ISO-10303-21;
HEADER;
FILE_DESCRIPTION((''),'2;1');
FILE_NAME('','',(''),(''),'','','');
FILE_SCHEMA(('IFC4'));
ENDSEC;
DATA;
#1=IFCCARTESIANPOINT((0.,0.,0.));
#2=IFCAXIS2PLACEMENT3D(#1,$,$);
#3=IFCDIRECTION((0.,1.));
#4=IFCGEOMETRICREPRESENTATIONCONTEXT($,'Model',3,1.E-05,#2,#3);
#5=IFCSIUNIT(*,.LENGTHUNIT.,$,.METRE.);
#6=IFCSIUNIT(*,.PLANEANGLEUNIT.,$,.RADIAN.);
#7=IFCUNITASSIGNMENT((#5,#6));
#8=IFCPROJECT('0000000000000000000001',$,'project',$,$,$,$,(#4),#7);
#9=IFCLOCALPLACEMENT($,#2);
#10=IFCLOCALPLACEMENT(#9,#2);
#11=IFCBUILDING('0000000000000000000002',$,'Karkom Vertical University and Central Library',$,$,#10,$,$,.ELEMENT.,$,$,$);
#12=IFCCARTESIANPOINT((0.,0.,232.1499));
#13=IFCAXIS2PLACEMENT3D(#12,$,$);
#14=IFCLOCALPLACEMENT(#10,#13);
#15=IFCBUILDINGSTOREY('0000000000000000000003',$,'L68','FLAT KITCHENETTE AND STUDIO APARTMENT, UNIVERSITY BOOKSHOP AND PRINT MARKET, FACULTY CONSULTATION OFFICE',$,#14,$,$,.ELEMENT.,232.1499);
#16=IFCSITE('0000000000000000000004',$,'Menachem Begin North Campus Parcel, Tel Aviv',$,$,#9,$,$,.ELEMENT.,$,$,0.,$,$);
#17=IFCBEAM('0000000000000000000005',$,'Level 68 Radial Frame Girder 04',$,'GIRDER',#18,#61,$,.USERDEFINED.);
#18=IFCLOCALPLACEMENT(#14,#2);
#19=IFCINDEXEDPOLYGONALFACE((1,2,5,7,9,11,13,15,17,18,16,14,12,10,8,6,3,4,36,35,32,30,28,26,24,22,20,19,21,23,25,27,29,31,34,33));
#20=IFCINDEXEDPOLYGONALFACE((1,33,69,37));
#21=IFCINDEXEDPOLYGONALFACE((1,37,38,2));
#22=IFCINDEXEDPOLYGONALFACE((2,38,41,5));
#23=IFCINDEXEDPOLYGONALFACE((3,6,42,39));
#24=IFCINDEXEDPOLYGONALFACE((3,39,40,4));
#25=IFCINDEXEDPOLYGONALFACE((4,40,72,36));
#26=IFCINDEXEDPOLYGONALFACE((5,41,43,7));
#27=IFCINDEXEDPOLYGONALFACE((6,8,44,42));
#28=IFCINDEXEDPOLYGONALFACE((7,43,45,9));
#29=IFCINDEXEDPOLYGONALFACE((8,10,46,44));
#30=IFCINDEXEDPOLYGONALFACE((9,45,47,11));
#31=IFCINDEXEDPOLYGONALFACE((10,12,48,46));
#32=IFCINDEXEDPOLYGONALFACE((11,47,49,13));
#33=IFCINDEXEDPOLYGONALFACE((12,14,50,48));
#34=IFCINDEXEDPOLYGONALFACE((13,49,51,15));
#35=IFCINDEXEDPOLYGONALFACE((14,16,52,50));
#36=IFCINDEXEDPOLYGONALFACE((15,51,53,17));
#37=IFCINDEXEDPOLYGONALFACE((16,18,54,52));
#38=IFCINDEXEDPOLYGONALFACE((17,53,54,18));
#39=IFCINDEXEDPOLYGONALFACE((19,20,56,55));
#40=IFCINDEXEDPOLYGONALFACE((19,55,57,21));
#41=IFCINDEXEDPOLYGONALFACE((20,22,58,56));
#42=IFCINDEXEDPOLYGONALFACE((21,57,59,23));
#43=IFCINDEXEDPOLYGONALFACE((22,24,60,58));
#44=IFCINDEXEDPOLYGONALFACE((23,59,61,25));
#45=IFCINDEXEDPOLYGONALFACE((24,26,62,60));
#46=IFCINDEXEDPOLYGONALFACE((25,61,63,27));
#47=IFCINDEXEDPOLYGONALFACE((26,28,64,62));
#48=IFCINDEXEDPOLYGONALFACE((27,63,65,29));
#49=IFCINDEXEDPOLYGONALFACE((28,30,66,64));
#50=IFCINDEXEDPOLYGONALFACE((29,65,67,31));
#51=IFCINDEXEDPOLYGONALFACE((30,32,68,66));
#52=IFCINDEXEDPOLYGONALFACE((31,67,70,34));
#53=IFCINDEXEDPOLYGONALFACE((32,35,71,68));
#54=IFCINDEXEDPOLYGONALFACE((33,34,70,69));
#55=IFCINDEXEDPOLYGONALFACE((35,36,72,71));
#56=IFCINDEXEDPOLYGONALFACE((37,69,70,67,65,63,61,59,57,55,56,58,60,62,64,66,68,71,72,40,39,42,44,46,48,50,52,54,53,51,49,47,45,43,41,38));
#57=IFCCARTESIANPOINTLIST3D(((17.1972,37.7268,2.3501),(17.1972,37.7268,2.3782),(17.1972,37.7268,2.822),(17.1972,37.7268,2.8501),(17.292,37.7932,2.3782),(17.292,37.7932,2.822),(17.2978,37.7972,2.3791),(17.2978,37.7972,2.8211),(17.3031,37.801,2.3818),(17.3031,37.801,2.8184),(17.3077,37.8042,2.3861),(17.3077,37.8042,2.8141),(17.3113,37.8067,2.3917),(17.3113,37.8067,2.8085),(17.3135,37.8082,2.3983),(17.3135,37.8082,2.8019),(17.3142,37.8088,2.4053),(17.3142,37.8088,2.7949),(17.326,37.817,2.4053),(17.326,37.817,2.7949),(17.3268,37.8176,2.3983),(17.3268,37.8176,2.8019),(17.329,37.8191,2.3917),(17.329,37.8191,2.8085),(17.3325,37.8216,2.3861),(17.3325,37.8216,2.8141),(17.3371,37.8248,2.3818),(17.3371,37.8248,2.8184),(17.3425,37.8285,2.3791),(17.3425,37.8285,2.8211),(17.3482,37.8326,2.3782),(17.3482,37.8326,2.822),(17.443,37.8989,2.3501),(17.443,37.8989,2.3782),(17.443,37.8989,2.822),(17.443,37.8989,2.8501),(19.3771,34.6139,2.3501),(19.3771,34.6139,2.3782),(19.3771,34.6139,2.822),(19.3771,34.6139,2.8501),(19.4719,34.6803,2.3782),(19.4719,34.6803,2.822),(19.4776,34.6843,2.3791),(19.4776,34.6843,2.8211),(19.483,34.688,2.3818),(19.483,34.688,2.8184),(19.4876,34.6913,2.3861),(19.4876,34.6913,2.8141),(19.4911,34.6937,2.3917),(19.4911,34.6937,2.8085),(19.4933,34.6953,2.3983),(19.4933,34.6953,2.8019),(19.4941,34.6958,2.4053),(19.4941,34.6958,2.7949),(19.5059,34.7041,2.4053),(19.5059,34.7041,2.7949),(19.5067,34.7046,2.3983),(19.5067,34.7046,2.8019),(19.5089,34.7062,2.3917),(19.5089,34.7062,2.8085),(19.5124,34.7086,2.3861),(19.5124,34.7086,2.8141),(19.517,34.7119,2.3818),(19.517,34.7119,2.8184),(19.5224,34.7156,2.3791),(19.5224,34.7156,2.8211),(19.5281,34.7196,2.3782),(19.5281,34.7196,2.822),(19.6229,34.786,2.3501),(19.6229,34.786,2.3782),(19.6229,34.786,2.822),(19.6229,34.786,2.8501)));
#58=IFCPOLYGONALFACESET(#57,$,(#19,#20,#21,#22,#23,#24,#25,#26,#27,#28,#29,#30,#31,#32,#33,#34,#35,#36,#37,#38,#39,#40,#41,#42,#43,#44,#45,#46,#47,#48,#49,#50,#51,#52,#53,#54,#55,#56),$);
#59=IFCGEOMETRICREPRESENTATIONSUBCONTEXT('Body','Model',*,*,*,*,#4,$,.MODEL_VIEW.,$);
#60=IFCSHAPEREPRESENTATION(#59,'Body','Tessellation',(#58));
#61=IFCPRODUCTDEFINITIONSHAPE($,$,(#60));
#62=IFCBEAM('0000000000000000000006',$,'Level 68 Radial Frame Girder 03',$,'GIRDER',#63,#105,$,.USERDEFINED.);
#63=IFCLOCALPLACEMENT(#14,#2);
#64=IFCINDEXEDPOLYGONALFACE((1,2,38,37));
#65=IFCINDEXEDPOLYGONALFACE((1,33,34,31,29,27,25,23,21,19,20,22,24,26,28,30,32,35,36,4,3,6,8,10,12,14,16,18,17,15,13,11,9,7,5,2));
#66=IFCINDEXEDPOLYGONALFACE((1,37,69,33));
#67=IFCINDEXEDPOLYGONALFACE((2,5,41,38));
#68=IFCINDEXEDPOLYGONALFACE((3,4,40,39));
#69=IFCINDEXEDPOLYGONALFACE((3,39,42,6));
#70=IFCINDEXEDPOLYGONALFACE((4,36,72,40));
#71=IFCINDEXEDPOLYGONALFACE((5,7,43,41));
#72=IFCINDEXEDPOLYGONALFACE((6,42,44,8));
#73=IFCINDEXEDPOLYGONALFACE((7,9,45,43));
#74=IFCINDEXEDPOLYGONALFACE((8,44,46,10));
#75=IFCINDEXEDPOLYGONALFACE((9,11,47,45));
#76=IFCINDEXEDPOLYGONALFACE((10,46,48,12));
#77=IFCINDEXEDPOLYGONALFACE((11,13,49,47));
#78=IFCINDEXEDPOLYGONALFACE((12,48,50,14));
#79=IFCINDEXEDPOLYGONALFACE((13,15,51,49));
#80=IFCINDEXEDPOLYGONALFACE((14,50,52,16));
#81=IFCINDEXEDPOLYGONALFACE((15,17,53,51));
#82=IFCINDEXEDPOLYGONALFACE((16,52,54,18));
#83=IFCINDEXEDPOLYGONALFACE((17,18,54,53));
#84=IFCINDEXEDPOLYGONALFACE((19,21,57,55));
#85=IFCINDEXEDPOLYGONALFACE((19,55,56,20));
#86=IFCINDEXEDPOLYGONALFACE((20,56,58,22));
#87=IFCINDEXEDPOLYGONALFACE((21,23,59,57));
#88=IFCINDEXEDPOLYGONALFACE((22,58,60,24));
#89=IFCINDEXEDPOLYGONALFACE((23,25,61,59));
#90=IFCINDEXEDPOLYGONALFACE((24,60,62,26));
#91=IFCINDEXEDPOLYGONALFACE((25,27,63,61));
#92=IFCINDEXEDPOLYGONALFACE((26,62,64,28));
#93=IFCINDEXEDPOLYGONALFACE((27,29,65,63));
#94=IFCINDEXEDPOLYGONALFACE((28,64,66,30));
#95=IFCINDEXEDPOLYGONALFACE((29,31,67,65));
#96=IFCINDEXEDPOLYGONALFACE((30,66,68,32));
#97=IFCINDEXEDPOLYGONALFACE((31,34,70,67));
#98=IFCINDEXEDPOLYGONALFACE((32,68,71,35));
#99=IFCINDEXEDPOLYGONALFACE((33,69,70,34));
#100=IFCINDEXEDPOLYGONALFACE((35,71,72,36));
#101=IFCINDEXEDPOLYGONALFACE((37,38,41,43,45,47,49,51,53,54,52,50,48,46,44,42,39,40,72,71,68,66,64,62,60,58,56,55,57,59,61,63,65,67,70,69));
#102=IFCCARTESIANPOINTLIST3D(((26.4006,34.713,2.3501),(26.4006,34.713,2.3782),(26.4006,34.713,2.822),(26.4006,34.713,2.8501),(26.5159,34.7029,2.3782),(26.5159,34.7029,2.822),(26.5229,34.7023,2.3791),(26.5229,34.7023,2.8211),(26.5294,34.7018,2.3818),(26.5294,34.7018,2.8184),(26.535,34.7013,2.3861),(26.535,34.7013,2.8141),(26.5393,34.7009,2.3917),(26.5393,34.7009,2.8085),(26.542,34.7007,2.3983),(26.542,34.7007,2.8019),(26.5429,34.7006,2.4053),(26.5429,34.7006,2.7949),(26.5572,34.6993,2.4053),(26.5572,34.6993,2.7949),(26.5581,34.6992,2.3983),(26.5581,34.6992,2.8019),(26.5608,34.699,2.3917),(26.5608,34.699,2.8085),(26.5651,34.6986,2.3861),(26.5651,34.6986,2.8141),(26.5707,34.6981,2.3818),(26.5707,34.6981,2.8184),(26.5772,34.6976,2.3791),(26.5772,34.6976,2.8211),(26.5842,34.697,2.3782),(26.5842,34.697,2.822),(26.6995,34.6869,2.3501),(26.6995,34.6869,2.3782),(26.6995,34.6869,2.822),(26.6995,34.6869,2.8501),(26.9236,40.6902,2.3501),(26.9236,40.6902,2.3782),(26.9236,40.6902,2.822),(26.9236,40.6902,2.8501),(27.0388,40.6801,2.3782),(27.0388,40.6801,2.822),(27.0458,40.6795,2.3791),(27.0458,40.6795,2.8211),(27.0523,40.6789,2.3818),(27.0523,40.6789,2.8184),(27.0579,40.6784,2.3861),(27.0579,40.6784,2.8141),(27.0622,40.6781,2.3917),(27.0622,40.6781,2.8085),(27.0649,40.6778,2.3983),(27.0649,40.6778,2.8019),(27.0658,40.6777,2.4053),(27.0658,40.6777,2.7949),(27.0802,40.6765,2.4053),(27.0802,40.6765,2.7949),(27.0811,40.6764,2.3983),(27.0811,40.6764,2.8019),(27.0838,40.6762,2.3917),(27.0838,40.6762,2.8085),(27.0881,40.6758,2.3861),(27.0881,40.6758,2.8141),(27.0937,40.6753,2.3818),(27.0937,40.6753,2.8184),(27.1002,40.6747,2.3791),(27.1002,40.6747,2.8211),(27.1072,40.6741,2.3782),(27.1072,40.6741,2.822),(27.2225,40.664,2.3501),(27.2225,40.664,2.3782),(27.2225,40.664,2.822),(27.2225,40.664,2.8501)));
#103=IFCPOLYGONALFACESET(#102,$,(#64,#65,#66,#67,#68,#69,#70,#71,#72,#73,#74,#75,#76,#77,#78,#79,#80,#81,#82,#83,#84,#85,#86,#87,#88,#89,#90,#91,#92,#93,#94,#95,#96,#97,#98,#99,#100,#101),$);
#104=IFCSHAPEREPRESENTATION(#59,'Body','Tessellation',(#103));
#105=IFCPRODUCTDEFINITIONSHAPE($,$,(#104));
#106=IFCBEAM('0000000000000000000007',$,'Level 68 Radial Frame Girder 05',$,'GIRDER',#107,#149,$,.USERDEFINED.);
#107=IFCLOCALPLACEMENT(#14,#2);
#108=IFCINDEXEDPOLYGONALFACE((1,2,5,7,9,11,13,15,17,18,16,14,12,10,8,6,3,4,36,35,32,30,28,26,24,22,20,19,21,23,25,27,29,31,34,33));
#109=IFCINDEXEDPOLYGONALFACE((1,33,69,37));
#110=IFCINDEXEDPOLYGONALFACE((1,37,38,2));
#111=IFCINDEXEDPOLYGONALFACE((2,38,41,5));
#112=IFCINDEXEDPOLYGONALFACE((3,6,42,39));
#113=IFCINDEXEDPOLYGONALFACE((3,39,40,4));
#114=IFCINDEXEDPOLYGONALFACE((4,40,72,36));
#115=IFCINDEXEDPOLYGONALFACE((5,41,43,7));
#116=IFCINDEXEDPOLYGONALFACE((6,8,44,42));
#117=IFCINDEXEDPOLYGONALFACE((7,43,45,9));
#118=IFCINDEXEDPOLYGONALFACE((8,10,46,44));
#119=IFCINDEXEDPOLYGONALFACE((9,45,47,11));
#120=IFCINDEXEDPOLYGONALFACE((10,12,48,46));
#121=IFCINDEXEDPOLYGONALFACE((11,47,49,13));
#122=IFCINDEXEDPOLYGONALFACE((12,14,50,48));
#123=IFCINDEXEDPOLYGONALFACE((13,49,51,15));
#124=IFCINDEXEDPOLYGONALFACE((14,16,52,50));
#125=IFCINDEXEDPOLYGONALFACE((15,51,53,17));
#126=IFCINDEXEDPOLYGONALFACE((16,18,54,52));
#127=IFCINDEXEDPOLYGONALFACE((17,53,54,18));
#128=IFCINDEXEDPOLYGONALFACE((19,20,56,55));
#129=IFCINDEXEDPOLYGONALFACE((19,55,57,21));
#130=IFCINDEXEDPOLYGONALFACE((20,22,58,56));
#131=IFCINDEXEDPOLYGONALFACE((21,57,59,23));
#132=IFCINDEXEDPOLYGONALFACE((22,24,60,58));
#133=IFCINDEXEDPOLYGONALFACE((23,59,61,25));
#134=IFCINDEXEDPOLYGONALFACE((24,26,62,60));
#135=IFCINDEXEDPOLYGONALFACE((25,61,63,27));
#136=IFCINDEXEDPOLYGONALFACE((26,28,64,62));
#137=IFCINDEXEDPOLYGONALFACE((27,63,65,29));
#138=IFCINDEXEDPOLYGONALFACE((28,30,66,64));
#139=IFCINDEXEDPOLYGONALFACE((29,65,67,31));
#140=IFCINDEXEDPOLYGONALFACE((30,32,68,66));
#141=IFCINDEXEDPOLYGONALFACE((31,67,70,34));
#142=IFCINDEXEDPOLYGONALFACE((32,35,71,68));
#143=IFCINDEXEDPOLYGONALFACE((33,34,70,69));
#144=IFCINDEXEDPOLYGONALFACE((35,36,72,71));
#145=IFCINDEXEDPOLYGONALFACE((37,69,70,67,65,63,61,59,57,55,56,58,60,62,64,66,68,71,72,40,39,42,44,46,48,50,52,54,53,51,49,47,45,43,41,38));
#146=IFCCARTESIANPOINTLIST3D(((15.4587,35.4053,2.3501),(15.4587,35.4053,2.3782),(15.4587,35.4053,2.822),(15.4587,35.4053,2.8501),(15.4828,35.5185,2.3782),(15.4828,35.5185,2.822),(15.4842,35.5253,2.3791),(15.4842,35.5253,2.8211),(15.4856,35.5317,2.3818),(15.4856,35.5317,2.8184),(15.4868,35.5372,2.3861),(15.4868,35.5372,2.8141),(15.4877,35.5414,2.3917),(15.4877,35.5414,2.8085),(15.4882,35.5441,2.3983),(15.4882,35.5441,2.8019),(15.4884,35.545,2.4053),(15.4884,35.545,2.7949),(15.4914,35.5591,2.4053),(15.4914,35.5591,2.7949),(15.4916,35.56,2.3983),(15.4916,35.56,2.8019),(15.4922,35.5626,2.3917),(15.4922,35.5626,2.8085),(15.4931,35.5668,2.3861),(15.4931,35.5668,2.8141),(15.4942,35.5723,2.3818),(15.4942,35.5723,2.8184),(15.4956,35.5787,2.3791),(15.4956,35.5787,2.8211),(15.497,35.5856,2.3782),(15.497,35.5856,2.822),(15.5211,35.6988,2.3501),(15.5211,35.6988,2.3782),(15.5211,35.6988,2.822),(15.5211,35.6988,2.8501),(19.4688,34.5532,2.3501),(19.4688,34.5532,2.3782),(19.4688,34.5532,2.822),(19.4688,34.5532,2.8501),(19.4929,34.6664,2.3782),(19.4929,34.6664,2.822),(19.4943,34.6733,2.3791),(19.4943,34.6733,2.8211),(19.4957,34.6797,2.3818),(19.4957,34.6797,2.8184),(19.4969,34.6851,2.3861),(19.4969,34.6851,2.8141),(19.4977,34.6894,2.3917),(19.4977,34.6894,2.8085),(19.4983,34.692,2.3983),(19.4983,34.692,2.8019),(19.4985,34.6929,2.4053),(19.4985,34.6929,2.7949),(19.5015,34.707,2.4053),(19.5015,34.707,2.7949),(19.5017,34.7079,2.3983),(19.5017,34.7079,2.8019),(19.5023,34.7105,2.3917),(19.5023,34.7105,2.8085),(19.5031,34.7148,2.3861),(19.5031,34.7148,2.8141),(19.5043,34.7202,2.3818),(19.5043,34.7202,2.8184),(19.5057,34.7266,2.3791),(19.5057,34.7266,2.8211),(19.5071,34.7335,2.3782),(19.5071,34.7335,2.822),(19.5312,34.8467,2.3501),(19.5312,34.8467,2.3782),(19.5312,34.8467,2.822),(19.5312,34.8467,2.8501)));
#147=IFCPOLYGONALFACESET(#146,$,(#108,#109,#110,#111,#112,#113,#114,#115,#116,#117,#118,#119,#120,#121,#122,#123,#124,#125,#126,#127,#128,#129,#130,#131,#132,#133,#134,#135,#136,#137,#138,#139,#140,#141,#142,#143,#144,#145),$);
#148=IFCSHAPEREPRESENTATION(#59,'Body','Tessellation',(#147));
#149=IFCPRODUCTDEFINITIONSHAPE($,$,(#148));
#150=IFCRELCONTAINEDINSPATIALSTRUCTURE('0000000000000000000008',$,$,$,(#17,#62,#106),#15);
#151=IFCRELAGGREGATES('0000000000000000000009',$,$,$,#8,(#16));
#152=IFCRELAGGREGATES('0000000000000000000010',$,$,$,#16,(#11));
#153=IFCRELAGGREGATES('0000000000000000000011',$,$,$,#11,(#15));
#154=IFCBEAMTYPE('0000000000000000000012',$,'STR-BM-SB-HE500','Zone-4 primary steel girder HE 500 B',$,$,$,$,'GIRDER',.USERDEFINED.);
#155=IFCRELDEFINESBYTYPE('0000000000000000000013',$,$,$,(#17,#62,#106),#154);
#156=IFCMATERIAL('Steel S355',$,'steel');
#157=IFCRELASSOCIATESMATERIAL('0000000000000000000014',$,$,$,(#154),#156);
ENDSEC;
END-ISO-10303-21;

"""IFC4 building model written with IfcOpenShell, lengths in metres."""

from ifc_helpers import new_model, si_unit, direction, frame, origin, origin_with_axes, origin_2d, place, context, subcontext, project, spatial, i_section, extrude, source, transform, mapped, material, material_profile, profile_set, type_object, element, save


model = new_model("IFC4")

# Units and contexts
model_context = context("Model", 3, precision=1e-05, world=origin(), true_north=direction((0.0, 1.0)))
body_context = subcontext(model_context, "Body", "Model", "MODEL_VIEW")
ifc_project = project(units=[si_unit("LENGTHUNIT", "METRE"), si_unit("PLANEANGLEUNIT", "RADIAN")], contexts=[model_context])

# Site, building, storey
site_placement = place(None, origin())
site = spatial("IfcSite", under=ifc_project, at=site_placement, Name="Menachem Begin North Campus Parcel, Tel Aviv", CompositionType="ELEMENT", RefElevation=0.0)
building_placement = place(site_placement, origin())
building = spatial("IfcBuilding", under=site, at=building_placement, Name="Karkom Vertical University and Central Library", CompositionType="ELEMENT")
storey_placement = place(building_placement, frame((0.0, 0.0, 232.1499)))
storey = spatial("IfcBuildingStorey", under=building, at=storey_placement, Name="L68", Description="FLAT KITCHENETTE AND STUDIO APARTMENT, UNIVERSITY BOOKSHOP AND PRINT MARKET, FACULTY CONSULTATION OFFICE", CompositionType="ELEMENT", Elevation=232.1499)

# Beams
ifc_material_1 = material(Name="Steel S355", Category="steel")
ifc_material_profile_1 = material_profile(ifc_material_1, i_section(OverallWidth=0.3, OverallDepth=0.5, WebThickness=0.0144, FlangeThickness=0.0281, FilletRadius=0.0271, at=origin_2d()), Name="HE 500 B")
ifc_profile_set_1 = profile_set([ifc_material_profile_1], Name="Steel S355")
beam_type_1 = type_object("IfcBeamType", Name="STR-BM-SB-HE500", Description="Zone-4 primary steel girder HE 500 B", ElementType="GIRDER", PredefinedType="USERDEFINED", material=ifc_profile_set_1)
shared_shape_1 = source(origin_with_axes(), body_context, "Body", "SweptSolid", [
    extrude(i_section(OverallWidth=0.3, OverallDepth=0.5, WebThickness=0.0144, FlangeThickness=0.0281, FilletRadius=0.0271, at=origin_2d()), origin(), (0.0, 0.0, 1.0), 3.8003),
])
beam_1_placement = place(storey_placement, frame((19.5, 34.7, 2.6001), z_axis=(-0.573605, 0.819132, 0.0), x_axis=(-0.819132, -0.573605, 0.0)))
element("IfcBeam", 1, at=beam_1_placement, inside=storey, type_object=beam_type_1, Name="Level 68 Radial Frame Girder 04", ObjectType="GIRDER", PredefinedType="USERDEFINED", context=body_context, shape_type="MappedRepresentation", body=[
    mapped(shared_shape_1, transform((0.0, 0.0, 0.0), scale=1.0)),
])
shared_shape_2 = source(origin_with_axes(), body_context, "Body", "SweptSolid", [
    extrude(i_section(OverallWidth=0.3, OverallDepth=0.5, WebThickness=0.0144, FlangeThickness=0.0281, FilletRadius=0.0271, at=origin_2d()), origin(), (0.0, 0.0, 1.0), 6.0),
])
beam_2_placement = place(storey_placement, frame((26.55, 34.7, 2.6001), z_axis=(0.08716, 0.996194, 0.0), x_axis=(-0.996194, 0.08716, 0.0)))
element("IfcBeam", 2, at=beam_2_placement, inside=storey, type_object=beam_type_1, Name="Level 68 Radial Frame Girder 03", ObjectType="GIRDER", PredefinedType="USERDEFINED", context=body_context, shape_type="MappedRepresentation", body=[
    mapped(shared_shape_2, transform((0.0, 0.0, 0.0), scale=1.0)),
])
shared_shape_3 = source(origin_with_axes(), body_context, "Body", "SweptSolid", [
    extrude(i_section(OverallWidth=0.3, OverallDepth=0.5, WebThickness=0.0144, FlangeThickness=0.0281, FilletRadius=0.0271, at=origin_2d()), origin(), (0.0, 0.0, 1.0), 4.0996),
])
beam_3_placement = place(storey_placement, frame((19.5, 34.7, 2.6001), z_axis=(-0.978163, 0.207841, 0.0), x_axis=(-0.207841, -0.978163, 0.0)))
element("IfcBeam", 3, at=beam_3_placement, inside=storey, type_object=beam_type_1, Name="Level 68 Radial Frame Girder 05", ObjectType="GIRDER", PredefinedType="USERDEFINED", context=body_context, shape_type="MappedRepresentation", body=[
    mapped(shared_shape_3, transform((0.0, 0.0, 0.0), scale=1.0)),
])

save(model, "model.ifc")
